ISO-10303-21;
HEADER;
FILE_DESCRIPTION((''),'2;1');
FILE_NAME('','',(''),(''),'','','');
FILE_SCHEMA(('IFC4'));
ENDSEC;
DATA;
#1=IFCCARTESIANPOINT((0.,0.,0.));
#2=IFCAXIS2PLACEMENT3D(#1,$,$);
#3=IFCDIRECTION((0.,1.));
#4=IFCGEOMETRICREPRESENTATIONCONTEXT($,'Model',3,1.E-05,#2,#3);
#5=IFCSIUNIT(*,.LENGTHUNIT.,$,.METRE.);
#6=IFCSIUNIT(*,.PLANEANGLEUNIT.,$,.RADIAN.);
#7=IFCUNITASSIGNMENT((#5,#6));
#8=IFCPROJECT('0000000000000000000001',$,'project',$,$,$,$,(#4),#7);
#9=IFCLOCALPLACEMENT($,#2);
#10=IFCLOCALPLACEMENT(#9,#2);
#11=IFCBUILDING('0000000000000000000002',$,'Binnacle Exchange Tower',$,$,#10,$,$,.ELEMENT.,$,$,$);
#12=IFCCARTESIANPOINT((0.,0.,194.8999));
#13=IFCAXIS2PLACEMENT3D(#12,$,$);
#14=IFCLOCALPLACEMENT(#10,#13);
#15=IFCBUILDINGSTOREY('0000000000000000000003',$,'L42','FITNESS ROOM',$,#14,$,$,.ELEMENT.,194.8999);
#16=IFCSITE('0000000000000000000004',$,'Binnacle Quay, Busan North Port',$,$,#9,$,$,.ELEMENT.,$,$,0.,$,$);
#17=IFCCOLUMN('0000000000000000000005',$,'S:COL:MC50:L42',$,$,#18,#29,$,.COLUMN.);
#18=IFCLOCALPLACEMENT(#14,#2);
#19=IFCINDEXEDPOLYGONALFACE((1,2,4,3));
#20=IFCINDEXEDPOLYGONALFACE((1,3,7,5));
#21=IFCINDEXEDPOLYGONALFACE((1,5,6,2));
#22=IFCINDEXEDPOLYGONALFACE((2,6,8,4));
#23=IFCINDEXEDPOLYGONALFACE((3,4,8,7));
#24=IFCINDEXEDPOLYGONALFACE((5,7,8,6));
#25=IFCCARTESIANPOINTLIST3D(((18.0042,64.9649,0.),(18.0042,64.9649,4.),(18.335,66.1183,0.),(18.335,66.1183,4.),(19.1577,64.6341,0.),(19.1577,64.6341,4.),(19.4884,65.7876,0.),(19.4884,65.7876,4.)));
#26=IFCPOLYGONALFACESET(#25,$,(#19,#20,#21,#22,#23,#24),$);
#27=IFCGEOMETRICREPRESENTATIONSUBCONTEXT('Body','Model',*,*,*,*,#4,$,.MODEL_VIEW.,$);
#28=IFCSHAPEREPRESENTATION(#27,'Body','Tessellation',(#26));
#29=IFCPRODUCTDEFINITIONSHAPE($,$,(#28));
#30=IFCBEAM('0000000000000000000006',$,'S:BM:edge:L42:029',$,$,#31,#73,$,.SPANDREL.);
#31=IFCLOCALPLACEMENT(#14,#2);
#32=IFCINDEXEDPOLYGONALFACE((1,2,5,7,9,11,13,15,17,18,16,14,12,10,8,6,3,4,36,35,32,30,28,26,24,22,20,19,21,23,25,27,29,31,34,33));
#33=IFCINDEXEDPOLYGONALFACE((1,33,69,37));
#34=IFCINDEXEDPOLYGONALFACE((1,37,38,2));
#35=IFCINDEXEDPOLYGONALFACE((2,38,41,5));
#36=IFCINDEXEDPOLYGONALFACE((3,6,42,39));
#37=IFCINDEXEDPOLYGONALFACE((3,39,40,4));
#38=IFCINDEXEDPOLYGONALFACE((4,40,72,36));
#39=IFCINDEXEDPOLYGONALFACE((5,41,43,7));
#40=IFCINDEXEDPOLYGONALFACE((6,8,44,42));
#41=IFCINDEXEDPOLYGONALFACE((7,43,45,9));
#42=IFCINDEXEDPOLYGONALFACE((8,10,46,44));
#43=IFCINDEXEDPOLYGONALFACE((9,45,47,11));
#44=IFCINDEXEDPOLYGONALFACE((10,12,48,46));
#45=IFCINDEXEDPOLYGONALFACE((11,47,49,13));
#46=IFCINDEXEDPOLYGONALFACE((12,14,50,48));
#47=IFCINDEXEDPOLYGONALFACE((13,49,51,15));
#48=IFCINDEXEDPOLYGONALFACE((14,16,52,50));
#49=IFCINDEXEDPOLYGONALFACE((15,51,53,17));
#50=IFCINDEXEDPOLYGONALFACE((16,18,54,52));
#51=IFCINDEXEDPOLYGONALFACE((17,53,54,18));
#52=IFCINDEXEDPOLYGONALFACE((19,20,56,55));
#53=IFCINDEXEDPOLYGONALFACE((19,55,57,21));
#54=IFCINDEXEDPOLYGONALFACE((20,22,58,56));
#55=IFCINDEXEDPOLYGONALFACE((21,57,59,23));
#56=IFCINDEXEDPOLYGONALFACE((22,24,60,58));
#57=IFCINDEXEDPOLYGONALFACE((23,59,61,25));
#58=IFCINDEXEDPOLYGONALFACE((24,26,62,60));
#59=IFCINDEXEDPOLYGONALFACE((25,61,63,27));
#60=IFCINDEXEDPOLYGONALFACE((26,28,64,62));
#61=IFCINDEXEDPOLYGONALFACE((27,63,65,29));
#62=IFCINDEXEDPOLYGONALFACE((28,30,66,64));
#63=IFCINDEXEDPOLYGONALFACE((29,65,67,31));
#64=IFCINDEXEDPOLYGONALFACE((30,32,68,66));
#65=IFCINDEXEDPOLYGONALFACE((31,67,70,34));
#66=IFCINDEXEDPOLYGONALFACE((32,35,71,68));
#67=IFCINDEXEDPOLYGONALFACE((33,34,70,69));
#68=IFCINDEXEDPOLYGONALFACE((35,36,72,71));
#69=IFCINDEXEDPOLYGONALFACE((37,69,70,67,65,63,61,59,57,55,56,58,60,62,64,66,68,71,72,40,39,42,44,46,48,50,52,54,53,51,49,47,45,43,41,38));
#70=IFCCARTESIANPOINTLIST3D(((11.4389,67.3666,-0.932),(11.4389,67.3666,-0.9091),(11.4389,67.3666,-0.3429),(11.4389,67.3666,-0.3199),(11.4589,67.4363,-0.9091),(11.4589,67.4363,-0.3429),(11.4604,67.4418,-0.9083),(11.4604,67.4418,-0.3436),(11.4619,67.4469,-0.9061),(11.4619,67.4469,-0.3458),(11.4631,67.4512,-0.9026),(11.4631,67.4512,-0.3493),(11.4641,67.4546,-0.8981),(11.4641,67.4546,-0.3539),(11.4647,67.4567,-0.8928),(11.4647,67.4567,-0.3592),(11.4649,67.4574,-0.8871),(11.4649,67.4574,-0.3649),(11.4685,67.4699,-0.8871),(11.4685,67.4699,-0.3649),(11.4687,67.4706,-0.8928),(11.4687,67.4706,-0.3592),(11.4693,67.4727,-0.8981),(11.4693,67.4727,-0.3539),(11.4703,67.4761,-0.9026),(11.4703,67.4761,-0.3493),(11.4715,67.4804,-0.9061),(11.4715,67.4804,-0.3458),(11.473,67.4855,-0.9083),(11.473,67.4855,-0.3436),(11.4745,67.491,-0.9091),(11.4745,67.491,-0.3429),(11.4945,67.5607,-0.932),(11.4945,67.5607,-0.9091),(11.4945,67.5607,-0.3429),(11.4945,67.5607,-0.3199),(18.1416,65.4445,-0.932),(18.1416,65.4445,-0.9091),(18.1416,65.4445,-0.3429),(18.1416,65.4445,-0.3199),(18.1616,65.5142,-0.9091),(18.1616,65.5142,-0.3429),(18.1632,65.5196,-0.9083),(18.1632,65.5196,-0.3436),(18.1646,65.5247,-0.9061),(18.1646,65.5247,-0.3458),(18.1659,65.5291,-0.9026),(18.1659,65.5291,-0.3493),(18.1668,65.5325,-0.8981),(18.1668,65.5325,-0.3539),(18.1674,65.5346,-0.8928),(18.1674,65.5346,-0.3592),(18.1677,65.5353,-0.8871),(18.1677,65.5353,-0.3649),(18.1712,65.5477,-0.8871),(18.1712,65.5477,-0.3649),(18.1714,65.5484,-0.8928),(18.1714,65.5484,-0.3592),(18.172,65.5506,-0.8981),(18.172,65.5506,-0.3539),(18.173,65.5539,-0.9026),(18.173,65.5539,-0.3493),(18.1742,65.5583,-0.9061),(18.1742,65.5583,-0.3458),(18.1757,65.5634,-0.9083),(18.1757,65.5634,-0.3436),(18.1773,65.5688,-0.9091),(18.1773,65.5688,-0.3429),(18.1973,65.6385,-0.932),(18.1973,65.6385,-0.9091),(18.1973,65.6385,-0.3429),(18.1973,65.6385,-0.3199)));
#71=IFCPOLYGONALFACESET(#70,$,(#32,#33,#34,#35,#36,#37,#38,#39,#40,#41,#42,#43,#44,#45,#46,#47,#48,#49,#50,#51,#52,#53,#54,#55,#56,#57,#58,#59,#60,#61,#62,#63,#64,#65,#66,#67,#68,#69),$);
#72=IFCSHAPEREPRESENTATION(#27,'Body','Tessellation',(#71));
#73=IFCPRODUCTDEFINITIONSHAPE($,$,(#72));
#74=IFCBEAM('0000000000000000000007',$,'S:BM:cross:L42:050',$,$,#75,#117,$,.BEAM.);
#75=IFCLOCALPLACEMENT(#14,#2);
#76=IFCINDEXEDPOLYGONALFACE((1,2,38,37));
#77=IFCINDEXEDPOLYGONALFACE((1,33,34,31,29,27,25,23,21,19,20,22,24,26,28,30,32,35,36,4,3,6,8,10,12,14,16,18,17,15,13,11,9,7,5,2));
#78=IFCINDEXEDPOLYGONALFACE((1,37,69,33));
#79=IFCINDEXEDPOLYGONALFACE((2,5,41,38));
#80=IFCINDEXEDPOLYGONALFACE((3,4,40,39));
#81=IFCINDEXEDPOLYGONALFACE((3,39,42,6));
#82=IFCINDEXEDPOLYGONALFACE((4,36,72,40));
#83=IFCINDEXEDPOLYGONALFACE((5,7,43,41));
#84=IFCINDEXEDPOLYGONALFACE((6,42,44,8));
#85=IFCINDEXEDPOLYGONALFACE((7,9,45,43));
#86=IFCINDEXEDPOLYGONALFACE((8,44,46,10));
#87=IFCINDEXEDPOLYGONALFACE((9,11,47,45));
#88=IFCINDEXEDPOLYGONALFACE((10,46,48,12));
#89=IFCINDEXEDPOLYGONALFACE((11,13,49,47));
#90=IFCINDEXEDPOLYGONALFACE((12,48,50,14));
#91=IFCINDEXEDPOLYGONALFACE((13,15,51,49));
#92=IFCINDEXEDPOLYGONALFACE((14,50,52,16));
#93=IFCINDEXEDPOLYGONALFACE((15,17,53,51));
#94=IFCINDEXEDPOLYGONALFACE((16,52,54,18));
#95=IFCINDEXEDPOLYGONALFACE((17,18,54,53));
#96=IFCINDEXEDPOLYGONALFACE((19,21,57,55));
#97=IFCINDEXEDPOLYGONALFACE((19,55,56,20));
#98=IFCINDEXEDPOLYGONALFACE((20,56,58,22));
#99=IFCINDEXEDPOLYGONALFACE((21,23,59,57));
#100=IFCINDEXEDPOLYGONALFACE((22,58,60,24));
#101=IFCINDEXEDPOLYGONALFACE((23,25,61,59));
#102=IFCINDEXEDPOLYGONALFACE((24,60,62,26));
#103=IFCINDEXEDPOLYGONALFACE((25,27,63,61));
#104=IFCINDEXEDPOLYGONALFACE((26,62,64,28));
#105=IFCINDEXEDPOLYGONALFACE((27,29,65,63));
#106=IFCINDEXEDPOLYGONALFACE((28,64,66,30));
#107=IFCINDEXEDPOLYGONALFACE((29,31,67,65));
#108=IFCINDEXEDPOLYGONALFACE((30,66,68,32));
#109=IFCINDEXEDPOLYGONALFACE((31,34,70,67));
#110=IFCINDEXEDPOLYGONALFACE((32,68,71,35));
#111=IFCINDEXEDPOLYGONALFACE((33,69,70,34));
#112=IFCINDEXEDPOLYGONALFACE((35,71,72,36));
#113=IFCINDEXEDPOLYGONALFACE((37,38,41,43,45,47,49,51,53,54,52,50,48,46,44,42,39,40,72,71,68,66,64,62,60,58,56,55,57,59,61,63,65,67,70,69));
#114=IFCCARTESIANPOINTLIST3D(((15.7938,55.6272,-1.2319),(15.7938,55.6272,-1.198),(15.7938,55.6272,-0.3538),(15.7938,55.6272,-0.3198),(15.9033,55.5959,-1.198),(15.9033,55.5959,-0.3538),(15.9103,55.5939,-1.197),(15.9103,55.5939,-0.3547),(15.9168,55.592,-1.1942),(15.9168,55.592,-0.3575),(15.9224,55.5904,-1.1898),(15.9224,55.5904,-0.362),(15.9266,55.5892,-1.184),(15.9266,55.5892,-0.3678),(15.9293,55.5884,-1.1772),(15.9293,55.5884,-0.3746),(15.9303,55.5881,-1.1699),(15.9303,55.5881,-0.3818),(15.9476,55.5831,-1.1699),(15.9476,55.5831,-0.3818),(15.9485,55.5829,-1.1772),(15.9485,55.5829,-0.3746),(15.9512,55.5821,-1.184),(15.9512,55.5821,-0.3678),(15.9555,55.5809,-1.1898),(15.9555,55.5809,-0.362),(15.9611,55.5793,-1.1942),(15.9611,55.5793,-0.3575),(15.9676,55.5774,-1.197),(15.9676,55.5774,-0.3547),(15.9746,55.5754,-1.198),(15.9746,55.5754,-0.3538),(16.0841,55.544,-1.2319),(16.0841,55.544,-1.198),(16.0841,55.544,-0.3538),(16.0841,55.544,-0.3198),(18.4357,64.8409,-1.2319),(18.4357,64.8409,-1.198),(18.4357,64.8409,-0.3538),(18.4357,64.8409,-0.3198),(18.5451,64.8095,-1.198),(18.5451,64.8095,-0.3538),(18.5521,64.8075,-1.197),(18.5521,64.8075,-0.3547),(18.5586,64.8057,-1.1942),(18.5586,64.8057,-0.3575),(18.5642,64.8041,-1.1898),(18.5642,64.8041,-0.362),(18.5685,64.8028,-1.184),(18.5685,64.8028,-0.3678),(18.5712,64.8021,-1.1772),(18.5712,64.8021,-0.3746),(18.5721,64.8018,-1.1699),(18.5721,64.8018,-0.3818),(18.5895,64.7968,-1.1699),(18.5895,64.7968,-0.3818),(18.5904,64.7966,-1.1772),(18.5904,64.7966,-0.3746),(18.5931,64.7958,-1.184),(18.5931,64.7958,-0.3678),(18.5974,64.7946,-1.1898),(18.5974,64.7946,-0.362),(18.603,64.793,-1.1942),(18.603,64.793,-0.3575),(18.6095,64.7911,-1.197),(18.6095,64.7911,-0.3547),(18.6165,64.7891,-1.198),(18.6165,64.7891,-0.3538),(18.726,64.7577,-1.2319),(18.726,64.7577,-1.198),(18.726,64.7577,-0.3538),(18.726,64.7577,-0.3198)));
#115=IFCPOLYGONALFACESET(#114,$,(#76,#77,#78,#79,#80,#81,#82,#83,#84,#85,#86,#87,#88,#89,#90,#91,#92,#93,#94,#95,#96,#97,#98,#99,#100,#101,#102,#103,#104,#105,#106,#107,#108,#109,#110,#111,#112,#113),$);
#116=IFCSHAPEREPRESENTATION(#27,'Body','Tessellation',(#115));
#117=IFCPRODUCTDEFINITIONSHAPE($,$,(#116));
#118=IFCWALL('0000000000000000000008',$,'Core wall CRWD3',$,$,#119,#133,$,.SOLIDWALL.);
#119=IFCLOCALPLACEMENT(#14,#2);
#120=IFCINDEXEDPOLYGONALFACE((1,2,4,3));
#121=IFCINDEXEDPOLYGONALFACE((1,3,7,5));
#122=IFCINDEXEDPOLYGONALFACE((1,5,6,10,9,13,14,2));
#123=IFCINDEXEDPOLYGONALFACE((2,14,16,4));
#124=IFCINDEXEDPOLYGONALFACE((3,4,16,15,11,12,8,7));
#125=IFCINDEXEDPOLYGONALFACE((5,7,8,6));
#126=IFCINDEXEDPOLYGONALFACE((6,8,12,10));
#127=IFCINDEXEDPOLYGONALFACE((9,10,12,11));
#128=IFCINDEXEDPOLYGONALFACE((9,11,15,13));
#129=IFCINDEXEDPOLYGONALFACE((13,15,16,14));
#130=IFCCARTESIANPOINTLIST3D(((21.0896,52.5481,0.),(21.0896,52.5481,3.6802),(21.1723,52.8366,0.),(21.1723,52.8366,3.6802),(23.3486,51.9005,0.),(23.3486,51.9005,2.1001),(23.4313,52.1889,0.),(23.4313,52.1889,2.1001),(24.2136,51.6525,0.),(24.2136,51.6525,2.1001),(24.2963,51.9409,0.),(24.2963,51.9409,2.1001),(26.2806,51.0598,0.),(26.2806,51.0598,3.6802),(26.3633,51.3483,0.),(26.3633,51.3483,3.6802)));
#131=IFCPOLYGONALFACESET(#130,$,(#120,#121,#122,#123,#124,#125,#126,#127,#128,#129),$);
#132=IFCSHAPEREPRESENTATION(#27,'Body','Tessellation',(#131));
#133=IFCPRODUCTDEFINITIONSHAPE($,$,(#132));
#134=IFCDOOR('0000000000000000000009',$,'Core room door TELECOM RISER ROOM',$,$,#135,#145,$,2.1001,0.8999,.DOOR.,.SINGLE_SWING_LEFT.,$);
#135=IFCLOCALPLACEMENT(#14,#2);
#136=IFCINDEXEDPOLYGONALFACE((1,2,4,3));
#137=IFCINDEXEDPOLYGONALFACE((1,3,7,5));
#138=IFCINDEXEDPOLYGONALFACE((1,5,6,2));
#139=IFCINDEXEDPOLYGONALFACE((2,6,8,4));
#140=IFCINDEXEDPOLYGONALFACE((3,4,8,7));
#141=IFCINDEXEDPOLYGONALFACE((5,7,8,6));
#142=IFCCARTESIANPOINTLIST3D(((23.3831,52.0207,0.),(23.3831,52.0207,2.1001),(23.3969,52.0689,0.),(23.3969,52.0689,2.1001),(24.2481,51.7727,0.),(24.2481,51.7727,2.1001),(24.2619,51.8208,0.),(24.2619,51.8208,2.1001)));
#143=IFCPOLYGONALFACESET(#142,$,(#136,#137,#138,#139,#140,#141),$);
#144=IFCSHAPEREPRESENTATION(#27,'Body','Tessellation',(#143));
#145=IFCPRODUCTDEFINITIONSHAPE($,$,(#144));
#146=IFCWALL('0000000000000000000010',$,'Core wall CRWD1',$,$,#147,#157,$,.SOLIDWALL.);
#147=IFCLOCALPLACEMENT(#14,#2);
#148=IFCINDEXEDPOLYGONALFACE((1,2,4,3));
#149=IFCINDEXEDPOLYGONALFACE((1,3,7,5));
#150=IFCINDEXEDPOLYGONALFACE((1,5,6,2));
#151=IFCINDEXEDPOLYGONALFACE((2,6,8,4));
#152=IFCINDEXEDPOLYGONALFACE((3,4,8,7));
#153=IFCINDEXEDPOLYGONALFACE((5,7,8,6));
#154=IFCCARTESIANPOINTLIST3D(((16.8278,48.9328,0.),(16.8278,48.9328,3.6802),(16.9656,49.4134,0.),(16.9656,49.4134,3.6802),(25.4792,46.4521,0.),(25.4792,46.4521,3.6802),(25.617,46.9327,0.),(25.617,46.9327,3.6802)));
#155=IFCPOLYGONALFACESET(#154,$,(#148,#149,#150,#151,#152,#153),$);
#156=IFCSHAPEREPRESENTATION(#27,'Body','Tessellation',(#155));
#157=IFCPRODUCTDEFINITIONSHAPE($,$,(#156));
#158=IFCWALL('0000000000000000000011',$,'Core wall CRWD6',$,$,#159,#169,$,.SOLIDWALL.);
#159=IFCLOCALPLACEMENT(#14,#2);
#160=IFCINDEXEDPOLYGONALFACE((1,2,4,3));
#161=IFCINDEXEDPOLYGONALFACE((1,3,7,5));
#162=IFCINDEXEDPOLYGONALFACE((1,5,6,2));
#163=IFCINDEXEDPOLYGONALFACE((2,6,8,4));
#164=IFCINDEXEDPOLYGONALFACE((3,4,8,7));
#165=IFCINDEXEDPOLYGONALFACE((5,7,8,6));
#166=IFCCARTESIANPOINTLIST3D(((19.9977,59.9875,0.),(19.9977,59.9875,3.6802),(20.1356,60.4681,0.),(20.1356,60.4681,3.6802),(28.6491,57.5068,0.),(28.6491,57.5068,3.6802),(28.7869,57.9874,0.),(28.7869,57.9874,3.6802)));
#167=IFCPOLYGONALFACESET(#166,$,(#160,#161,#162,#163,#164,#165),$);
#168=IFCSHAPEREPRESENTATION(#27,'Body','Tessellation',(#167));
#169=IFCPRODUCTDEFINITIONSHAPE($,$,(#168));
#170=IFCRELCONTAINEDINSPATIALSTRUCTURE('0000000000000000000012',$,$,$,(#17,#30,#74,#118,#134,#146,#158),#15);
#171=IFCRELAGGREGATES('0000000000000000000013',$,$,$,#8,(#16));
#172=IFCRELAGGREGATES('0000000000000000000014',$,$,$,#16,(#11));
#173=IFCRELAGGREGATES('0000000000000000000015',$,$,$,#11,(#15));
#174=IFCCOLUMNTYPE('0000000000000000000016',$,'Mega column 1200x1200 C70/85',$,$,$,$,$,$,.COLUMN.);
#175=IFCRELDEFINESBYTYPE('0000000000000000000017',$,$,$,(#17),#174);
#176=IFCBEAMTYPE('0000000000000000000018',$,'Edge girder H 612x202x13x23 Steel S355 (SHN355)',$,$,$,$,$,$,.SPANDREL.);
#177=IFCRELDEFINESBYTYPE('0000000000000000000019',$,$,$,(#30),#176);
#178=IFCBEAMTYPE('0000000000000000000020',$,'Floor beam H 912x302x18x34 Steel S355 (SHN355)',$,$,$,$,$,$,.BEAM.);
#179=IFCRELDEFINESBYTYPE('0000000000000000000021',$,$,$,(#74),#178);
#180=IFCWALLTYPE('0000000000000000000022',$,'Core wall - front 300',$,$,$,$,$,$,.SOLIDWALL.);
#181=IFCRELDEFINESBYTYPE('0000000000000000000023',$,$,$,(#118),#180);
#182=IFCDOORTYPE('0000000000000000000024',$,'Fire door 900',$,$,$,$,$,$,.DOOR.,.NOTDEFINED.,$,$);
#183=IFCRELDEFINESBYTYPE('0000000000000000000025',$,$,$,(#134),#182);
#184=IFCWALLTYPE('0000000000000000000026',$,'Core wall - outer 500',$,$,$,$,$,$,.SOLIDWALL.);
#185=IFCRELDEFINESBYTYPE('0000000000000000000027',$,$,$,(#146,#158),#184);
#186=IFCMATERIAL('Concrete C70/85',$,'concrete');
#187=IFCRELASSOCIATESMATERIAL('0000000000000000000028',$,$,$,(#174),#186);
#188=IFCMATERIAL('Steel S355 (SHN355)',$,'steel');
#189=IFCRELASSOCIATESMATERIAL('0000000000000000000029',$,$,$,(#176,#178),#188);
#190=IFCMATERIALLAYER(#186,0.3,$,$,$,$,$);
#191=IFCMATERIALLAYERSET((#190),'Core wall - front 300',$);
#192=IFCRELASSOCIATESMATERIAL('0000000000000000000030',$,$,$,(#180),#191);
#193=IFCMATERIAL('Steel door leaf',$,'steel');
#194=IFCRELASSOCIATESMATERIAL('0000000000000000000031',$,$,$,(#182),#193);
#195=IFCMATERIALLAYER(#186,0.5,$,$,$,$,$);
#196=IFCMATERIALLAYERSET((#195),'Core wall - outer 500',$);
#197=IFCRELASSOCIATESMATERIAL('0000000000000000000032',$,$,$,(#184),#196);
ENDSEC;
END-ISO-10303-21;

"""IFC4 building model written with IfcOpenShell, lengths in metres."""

from ifc_helpers import new_model, si_unit, direction, frame, frame_2d, origin, origin_2d, place, context, subcontext, project, spatial, rectangle, i_section, extrude, material, layer, layer_set, material_profile, profile_set, type_object, element, fill, save


model = new_model("IFC4")

# Units and contexts
model_context = context("Model", 3, precision=1e-05, world=origin(), true_north=direction((0.0, 1.0)))
body_context = subcontext(model_context, "Body", "Model", "MODEL_VIEW")
ifc_project = project(units=[si_unit("LENGTHUNIT", "METRE"), si_unit("PLANEANGLEUNIT", "RADIAN")], contexts=[model_context])

# Site, building, storey
site_placement = place(None, origin())
site = spatial("IfcSite", under=ifc_project, at=site_placement, Name="Binnacle Quay, Busan North Port", CompositionType="ELEMENT", RefElevation=0.0)
building_placement = place(site_placement, origin())
building = spatial("IfcBuilding", under=site, at=building_placement, Name="Binnacle Exchange Tower", CompositionType="ELEMENT")
storey_placement = place(building_placement, frame((0.0, 0.0, 194.8999)))
storey = spatial("IfcBuildingStorey", under=building, at=storey_placement, Name="L42", Description="FITNESS ROOM", CompositionType="ELEMENT", Elevation=194.8999)

# Column
ifc_material_1 = material(Name="Concrete C70/85", Category="concrete")
ifc_material_profile_1 = material_profile(ifc_material_1, rectangle(XDim=1.2, YDim=1.2, at=origin_2d()), Name="Mega column 1200x1200 C70/85")
ifc_profile_set_1 = profile_set([ifc_material_profile_1], Name="Concrete C70/85")
column_type = type_object("IfcColumnType", Name="Mega column 1200x1200 C70/85", PredefinedType="COLUMN", material=ifc_profile_set_1)
column_placement = place(storey_placement, frame((18.7463, 65.3762, 0.0), z_axis=(0.0, 0.0, 1.0), x_axis=(-0.961262, 0.275637, 0.0)))
element("IfcColumn", 1, at=column_placement, inside=storey, type_object=column_type, Name="S:COL:MC50:L42", PredefinedType="COLUMN", context=body_context, shape_type="SweptSolid", body=[
    extrude(rectangle(XDim=1.2, YDim=1.2, at=origin_2d()), origin(), (0.0, 0.0, 1.0), 4.0),
])

# Beams
ifc_material_2 = material(Name="Steel S355 (SHN355)", Category="steel")
ifc_material_profile_2 = material_profile(ifc_material_2, i_section(OverallWidth=0.2019, OverallDepth=0.6121, WebThickness=0.0129, FlangeThickness=0.0229, FilletRadius=0.022, at=origin_2d()), Name="H 612x202x13x23")
ifc_profile_set_2 = profile_set([ifc_material_profile_2], Name="Steel S355 (SHN355)")
beam_type_1 = type_object("IfcBeamType", Name="Edge girder H 612x202x13x23 Steel S355 (SHN355)", PredefinedType="SPANDREL", material=ifc_profile_set_2)
beam_1_placement = place(storey_placement, frame((18.1694, 65.5415, -0.626), z_axis=(-0.961255, 0.27566, 0.0), x_axis=(-0.27566, -0.961255, 0.0)))
element("IfcBeam", 2, at=beam_1_placement, inside=storey, type_object=beam_type_1, Name="S:BM:edge:L42:029", PredefinedType="SPANDREL", context=body_context, shape_type="SweptSolid", body=[
    extrude(i_section(OverallWidth=0.2019, OverallDepth=0.6121, WebThickness=0.0129, FlangeThickness=0.0229, FilletRadius=0.022, at=origin_2d()), origin(), (0.0, 0.0, 1.0), 6.9729),
])
ifc_material_profile_3 = material_profile(ifc_material_2, i_section(OverallWidth=0.302, OverallDepth=0.9121, WebThickness=0.0181, FlangeThickness=0.0339, FilletRadius=0.0281, at=origin_2d()), Name="H 912x302x18x34")
ifc_profile_set_3 = profile_set([ifc_material_profile_3], Name="Steel S355 (SHN355)")
beam_type_2 = type_object("IfcBeamType", Name="Floor beam H 912x302x18x34 Steel S355 (SHN355)", PredefinedType="BEAM", material=ifc_profile_set_3)
beam_2_placement = place(storey_placement, frame((18.5808, 64.7993, -0.7759), z_axis=(-0.275626, -0.961265, 0.0), x_axis=(0.961265, -0.275626, 0.0)))
element("IfcBeam", 3, at=beam_2_placement, inside=storey, type_object=beam_type_2, Name="S:BM:cross:L42:050", PredefinedType="BEAM", context=body_context, shape_type="SweptSolid", body=[
    extrude(i_section(OverallWidth=0.302, OverallDepth=0.9121, WebThickness=0.0181, FlangeThickness=0.0339, FilletRadius=0.0281, at=origin_2d()), origin(), (0.0, 0.0, 1.0), 9.585),
])

# Wall, opening, door
ifc_layer_1 = layer(ifc_material_1, 0.3)
ifc_layer_set_1 = layer_set([ifc_layer_1], Name="Core wall - front 300")
wall_type_1 = type_object("IfcWallType", Name="Core wall - front 300", PredefinedType="SOLIDWALL", material=ifc_layer_set_1)
wall_1_placement = place(storey_placement, frame((21.1309, 52.6924, 0.0), z_axis=(0.0, 0.0, 1.0), x_axis=(0.961271, -0.275605, 0.0)))
wall_1 = element("IfcWall", 4, at=wall_1_placement, inside=storey, type_object=wall_type_1, Name="Core wall CRWD3", PredefinedType="SOLIDWALL", context=body_context, shape_type="SweptSolid", body=[
    extrude(rectangle(XDim=5.4001, YDim=0.3, at=frame_2d((2.7002, 0.0))), origin(), (0.0, 0.0, 1.0), 3.6802),
])
opening_1_placement = place(wall_1_placement, frame((2.3501, 0.0, 0.0)))
opening_1 = element("IfcOpeningElement", 5, at=opening_1_placement, cuts=wall_1, PredefinedType="OPENING", context=body_context, shape_type="SweptSolid", body=[
    extrude(rectangle(XDim=0.8999, YDim=2.1001, at=frame_2d((0.45, 1.05))), frame((0.0, 0.1599, 0.0), z_axis=(0.0, -1.0, 0.0), x_axis=(1.0, 0.0, 0.0)), (0.0, 0.0, 1.0), 0.3201),
])
ifc_material_3 = material(Name="Steel door leaf", Category="steel")
door_type_1 = type_object("IfcDoorType", Name="Fire door 900", OperationType="NOTDEFINED", PredefinedType="DOOR", material=ifc_material_3)
door_1_placement = place(opening_1_placement, frame((0.8999, 0.0, 0.0), z_axis=(0.0, 0.0, 1.0), x_axis=(-1.0, 0.0, 0.0)))
door_1 = element("IfcDoor", 6, at=door_1_placement, inside=storey, type_object=door_type_1, Name="Core room door TELECOM RISER ROOM", OperationType="SINGLE_SWING_LEFT", OverallHeight=2.1001, OverallWidth=0.8999, PredefinedType="DOOR", context=body_context, shape_type="SweptSolid", body=[
    extrude(rectangle(XDim=0.8999, YDim=2.1001, at=frame_2d((0.45, 1.05))), frame((0.0, 0.0249, 0.0), z_axis=(0.0, -1.0, 0.0), x_axis=(1.0, 0.0, 0.0)), (0.0, 0.0, 1.0), 0.05),
])
fill(opening_1, door_1)

# Walls
ifc_layer_2 = layer(ifc_material_1, 0.5)
ifc_layer_set_2 = layer_set([ifc_layer_2], Name="Core wall - outer 500")
wall_type_2 = type_object("IfcWallType", Name="Core wall - outer 500", PredefinedType="SOLIDWALL", material=ifc_layer_set_2)
for number, where, z_axis, x_axis, name in (
    (7, (16.8967, 49.1731, 0.0), (0.0, 0.0, 1.0), (0.961262, -0.275635, 0.0), "Core wall CRWD1"),
    (8, (20.0667, 60.2278, 0.0), (0.0, 0.0, 1.0), (0.961262, -0.275635, 0.0), "Core wall CRWD6"),
):
    element("IfcWall", number, at=place(storey_placement, frame(where, z_axis=z_axis, x_axis=x_axis)), inside=storey, type_object=wall_type_2, Name=name, PredefinedType="SOLIDWALL", context=body_context, shape_type="SweptSolid", body=[
        extrude(rectangle(XDim=9.0, YDim=0.5, at=frame_2d((4.5, 0.0))), origin(), (0.0, 0.0, 1.0), 3.6802),
    ])

save(model, "model.ifc")
